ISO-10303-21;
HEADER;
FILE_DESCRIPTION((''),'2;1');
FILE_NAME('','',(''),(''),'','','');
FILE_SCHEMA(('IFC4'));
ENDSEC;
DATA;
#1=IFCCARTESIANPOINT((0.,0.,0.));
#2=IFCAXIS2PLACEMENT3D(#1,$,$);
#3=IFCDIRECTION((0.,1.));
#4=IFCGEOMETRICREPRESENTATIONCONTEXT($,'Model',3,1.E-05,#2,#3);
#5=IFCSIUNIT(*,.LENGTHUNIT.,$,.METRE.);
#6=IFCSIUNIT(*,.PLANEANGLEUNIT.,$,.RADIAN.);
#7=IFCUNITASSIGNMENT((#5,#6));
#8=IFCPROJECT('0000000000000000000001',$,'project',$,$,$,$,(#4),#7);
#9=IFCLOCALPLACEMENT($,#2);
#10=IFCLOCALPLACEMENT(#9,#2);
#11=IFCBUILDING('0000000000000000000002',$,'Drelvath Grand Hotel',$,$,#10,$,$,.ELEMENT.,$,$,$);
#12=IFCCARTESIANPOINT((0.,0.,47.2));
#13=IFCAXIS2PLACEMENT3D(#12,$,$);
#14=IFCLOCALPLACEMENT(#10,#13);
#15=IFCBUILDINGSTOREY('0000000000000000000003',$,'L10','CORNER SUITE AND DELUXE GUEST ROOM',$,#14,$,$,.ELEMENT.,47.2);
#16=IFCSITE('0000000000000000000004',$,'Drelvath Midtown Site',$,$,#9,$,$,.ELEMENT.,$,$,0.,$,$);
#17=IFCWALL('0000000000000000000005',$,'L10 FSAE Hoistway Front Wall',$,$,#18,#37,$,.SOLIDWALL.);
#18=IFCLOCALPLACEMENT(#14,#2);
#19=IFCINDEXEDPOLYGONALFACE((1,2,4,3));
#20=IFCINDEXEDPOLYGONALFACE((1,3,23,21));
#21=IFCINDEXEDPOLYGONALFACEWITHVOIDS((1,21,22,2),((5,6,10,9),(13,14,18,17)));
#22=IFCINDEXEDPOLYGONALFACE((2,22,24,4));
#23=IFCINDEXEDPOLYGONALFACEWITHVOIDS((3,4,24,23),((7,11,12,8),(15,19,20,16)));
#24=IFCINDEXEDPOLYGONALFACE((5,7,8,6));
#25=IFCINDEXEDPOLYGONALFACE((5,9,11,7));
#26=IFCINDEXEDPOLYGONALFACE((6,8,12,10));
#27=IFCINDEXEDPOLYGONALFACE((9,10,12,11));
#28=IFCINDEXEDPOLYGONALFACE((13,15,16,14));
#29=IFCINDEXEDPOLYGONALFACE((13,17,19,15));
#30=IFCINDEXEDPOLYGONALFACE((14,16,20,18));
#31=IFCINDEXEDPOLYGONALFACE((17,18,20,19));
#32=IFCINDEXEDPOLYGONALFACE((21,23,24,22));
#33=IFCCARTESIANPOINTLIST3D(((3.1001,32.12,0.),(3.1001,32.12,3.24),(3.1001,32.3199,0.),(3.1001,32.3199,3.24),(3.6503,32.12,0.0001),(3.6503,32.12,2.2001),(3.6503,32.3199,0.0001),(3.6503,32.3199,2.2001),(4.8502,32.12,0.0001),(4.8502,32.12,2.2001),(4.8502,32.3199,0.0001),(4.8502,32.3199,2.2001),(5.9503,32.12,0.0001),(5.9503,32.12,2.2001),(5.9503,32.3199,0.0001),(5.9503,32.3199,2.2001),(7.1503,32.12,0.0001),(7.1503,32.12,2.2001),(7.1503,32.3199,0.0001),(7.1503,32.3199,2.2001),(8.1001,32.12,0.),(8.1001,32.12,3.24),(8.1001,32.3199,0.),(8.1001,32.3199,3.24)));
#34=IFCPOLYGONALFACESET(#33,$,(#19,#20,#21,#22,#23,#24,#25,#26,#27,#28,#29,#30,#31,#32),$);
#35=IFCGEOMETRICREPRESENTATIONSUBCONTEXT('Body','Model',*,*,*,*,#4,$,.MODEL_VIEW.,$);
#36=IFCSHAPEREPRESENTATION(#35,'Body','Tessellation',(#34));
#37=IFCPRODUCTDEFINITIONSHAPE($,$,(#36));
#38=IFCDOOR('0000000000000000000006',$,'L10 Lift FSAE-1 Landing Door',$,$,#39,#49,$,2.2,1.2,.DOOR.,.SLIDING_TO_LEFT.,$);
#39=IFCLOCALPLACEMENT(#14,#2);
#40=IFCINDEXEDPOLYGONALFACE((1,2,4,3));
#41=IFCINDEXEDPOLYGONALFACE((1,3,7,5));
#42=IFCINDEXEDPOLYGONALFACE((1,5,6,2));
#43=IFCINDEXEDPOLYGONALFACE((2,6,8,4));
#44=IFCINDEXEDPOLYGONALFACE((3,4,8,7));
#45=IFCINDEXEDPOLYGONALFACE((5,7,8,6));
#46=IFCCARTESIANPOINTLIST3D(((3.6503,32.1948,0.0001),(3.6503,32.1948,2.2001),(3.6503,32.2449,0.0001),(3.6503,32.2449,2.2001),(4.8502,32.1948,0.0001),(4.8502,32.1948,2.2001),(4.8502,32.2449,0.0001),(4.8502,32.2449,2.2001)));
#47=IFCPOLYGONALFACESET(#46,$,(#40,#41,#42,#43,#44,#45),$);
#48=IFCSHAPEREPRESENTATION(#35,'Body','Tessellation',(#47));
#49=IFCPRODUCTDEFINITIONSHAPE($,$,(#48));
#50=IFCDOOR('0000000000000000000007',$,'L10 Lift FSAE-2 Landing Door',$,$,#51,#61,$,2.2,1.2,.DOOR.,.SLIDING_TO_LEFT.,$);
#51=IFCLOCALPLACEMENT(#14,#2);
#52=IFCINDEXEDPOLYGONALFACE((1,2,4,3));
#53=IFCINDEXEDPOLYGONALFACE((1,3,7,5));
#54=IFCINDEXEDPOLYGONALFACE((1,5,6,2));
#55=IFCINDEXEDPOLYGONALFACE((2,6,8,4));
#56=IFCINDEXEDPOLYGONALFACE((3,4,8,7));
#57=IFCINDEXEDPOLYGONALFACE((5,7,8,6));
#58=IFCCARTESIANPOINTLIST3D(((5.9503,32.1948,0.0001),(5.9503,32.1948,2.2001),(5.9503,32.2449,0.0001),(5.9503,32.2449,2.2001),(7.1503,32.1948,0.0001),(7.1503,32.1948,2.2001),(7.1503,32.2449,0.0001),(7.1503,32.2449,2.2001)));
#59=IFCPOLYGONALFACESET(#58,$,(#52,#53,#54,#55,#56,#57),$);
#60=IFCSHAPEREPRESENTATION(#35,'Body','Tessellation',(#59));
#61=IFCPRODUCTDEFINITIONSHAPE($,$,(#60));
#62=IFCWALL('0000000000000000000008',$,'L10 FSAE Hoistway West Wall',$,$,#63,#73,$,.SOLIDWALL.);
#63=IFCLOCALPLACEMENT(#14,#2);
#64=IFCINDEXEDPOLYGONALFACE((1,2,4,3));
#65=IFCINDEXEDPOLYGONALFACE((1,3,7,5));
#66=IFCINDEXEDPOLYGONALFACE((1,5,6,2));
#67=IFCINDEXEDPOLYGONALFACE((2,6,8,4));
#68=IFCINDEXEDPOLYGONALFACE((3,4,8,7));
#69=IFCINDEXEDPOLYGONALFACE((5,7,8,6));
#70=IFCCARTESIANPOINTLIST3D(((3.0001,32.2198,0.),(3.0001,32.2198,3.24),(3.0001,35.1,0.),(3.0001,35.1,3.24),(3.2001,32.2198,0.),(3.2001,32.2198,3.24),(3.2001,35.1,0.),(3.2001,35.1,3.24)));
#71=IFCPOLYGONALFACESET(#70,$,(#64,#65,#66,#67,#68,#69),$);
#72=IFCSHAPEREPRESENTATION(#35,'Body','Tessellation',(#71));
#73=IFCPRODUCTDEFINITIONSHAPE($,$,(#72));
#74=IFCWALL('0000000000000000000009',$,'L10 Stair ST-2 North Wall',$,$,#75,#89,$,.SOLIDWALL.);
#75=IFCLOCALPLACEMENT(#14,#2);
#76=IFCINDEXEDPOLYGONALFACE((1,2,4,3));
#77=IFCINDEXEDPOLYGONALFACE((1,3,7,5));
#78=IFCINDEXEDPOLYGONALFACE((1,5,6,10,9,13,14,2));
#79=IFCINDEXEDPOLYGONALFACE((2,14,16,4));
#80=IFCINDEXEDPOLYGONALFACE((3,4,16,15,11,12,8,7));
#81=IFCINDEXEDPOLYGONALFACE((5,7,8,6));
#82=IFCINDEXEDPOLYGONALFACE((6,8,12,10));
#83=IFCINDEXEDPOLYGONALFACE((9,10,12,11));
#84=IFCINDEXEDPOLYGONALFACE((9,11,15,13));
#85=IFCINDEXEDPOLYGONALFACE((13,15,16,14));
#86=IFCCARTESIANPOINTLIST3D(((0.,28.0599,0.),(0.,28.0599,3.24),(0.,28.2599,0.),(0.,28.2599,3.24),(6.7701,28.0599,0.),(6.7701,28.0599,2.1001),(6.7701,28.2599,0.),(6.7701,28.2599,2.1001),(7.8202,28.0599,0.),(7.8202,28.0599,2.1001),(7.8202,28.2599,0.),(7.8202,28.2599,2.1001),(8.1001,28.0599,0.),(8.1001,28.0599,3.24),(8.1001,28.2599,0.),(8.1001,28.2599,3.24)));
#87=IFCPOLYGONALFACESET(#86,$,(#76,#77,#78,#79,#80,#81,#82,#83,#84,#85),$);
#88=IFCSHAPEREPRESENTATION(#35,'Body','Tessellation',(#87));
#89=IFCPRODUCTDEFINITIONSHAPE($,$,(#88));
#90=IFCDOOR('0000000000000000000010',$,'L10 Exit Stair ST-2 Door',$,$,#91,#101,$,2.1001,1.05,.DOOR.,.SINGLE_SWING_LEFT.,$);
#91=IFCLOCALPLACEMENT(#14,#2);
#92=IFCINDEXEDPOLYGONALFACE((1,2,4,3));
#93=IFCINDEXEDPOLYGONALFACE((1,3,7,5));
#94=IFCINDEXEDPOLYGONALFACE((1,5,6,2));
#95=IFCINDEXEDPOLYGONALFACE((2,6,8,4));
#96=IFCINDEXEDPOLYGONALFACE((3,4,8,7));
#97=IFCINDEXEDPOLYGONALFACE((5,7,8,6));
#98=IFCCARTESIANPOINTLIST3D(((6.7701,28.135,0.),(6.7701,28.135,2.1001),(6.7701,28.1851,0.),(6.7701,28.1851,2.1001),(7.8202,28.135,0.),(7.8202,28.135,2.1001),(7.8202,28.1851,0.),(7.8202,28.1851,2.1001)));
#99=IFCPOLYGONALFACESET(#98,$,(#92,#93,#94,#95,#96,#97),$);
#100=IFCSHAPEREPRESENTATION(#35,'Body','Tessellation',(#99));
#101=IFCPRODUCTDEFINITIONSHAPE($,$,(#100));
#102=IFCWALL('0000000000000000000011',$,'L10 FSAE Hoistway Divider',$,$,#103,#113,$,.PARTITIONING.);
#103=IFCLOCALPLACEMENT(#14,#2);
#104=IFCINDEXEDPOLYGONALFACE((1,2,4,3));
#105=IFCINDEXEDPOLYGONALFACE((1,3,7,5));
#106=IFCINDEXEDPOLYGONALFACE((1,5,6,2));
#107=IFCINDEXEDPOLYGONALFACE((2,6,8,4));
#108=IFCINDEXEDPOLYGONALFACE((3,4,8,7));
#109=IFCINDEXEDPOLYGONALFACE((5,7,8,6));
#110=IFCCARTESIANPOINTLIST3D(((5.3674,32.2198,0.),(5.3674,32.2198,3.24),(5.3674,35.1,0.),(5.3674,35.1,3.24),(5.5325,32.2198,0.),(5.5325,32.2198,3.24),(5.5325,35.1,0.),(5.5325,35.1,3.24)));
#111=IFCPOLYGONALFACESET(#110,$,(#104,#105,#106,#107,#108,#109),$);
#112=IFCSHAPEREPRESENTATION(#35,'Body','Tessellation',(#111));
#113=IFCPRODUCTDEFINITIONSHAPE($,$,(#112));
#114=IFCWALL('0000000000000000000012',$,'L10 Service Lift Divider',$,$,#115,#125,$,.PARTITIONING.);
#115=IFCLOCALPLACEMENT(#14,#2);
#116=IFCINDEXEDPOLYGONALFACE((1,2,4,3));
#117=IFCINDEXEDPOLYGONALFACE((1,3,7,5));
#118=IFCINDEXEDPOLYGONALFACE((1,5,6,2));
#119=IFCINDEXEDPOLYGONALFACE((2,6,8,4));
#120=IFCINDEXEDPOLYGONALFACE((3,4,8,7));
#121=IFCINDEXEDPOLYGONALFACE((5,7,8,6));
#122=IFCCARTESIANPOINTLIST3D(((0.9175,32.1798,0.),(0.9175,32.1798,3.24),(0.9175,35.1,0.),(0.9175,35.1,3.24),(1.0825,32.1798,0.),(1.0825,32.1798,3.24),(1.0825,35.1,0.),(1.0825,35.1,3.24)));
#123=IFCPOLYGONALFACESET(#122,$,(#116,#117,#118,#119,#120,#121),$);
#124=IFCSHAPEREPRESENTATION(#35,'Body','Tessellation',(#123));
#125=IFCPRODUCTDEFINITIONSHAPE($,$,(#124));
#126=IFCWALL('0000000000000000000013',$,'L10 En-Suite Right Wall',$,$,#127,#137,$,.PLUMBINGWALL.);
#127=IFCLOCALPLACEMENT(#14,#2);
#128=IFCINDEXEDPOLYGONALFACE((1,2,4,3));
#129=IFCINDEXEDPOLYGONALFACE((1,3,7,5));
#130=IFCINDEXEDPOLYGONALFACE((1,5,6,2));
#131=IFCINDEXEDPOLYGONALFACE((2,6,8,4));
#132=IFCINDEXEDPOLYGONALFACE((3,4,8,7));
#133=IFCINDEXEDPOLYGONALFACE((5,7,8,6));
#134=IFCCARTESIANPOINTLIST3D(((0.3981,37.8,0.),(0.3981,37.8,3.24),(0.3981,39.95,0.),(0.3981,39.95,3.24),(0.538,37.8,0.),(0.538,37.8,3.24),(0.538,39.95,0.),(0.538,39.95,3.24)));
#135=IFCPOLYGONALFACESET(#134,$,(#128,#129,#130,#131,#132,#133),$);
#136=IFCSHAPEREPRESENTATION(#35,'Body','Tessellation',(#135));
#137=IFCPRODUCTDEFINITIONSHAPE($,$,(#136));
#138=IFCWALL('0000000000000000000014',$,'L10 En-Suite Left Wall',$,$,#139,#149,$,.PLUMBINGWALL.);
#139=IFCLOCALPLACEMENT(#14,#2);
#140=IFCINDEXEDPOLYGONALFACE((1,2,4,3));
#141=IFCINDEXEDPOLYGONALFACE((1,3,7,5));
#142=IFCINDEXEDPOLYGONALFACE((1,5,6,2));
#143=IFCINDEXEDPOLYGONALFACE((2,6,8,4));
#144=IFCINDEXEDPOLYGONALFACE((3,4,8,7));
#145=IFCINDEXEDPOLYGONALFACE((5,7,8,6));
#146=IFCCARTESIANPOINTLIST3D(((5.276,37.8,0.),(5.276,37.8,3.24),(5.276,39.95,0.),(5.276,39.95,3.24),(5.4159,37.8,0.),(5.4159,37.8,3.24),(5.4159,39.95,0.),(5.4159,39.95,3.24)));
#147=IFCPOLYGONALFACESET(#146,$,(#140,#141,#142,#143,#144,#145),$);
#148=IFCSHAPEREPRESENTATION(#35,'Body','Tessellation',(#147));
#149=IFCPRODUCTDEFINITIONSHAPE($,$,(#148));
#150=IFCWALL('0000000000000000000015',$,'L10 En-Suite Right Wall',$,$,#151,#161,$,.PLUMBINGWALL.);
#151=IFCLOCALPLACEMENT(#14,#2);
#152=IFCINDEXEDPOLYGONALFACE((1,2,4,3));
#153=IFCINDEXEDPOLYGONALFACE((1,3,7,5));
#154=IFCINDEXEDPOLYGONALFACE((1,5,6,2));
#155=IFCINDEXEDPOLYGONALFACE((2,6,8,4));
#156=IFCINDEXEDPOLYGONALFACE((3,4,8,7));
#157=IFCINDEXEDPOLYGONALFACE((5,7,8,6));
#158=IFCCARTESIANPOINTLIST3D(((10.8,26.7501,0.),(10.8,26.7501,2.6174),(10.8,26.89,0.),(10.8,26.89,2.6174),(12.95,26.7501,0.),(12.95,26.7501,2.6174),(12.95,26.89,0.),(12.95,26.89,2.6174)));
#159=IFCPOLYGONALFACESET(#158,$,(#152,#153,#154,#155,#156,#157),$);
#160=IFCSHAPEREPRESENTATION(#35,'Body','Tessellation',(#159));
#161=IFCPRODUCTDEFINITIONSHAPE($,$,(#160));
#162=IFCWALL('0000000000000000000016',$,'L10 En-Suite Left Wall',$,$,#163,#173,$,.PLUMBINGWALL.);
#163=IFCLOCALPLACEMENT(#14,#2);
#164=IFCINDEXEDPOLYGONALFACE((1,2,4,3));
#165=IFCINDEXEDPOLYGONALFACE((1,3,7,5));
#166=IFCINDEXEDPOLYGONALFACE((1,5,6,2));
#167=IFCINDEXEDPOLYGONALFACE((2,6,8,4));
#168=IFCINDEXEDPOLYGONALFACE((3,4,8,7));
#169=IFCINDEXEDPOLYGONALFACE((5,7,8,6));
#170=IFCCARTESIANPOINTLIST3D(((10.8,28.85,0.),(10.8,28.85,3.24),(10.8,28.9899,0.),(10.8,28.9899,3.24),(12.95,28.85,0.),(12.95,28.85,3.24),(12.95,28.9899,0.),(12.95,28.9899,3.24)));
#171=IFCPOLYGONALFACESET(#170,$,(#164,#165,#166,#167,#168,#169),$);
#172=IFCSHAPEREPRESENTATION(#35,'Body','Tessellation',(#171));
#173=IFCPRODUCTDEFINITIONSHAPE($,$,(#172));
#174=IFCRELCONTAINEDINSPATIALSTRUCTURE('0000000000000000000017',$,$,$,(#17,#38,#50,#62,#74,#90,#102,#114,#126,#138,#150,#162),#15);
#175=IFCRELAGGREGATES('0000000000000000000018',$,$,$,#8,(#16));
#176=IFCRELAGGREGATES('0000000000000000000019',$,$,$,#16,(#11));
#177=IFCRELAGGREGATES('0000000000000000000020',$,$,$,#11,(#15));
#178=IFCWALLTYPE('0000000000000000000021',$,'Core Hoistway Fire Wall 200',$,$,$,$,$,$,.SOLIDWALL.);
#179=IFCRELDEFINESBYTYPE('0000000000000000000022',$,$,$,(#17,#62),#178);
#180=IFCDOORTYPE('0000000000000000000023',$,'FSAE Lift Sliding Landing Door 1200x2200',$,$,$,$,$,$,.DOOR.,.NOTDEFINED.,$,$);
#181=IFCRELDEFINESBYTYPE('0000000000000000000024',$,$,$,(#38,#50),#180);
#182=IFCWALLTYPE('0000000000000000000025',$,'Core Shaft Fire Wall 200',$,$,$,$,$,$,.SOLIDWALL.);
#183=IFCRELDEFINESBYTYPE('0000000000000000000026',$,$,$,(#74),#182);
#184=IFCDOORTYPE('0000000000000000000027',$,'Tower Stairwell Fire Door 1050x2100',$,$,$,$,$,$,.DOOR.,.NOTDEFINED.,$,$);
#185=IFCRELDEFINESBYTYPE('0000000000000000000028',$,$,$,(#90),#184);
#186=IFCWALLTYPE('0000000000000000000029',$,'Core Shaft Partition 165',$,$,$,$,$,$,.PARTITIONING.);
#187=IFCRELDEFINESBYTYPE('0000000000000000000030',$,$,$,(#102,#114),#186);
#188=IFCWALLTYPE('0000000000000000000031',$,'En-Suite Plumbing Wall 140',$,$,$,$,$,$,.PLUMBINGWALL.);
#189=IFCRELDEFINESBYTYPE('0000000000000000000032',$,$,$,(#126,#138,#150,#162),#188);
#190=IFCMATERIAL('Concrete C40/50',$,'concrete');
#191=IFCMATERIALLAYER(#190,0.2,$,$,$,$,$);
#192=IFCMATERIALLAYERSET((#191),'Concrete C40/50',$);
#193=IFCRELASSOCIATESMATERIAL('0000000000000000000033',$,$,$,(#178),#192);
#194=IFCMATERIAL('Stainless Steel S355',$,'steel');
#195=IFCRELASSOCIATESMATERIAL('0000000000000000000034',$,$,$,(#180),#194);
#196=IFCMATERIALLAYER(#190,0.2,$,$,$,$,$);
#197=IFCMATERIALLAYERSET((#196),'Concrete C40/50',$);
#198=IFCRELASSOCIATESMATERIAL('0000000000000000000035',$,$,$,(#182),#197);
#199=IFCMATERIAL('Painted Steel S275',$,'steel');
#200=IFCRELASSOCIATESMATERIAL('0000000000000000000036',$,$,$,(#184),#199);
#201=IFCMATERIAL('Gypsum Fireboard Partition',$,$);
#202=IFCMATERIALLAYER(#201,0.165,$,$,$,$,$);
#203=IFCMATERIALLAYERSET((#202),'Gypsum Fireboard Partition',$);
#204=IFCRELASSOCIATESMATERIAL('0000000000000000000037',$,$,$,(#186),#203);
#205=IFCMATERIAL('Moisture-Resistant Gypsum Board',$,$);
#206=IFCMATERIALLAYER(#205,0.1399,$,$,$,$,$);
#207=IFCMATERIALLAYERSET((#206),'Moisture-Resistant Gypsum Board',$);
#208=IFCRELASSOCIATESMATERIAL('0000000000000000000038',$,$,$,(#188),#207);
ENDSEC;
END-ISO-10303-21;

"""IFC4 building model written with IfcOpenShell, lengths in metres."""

from ifc_helpers import new_model, si_unit, direction, frame, frame_2d, origin, place, context, subcontext, project, spatial, rectangle, extrude, material, layer, layer_set, type_object, element, fill, save


model = new_model("IFC4")

# Units and contexts
model_context = context("Model", 3, precision=1e-05, world=origin(), true_north=direction((0.0, 1.0)))
body_context = subcontext(model_context, "Body", "Model", "MODEL_VIEW")
ifc_project = project(units=[si_unit("LENGTHUNIT", "METRE"), si_unit("PLANEANGLEUNIT", "RADIAN")], contexts=[model_context])

# Site, building, storey
site_placement = place(None, origin())
site = spatial("IfcSite", under=ifc_project, at=site_placement, Name="Drelvath Midtown Site", CompositionType="ELEMENT", RefElevation=0.0)
building_placement = place(site_placement, origin())
building = spatial("IfcBuilding", under=site, at=building_placement, Name="Drelvath Grand Hotel", CompositionType="ELEMENT")
storey_placement = place(building_placement, frame((0.0, 0.0, 47.2)))
storey = spatial("IfcBuildingStorey", under=building, at=storey_placement, Name="L10", Description="CORNER SUITE AND DELUXE GUEST ROOM", CompositionType="ELEMENT", Elevation=47.2)

# Wall, openings, doors
ifc_material_1 = material(Name="Concrete C40/50", Category="concrete")
ifc_layer_1 = layer(ifc_material_1, 0.2)
ifc_layer_set_1 = layer_set([ifc_layer_1], Name="Concrete C40/50")
wall_type_1 = type_object("IfcWallType", Name="Core Hoistway Fire Wall 200", PredefinedType="SOLIDWALL", material=ifc_layer_set_1)
wall_1_placement = place(storey_placement, frame((3.1001, 32.22, 0.0), z_axis=(0.0, 0.0, 1.0), x_axis=(1.0, 0.0, 0.0)))
wall_1 = element("IfcWall", 1, at=wall_1_placement, inside=storey, type_object=wall_type_1, Name="L10 FSAE Hoistway Front Wall", PredefinedType="SOLIDWALL", context=body_context, shape_type="SweptSolid", body=[
    extrude(rectangle(XDim=5.0, YDim=0.2, at=frame_2d((2.5, 0.0))), origin(), (0.0, 0.0, 1.0), 3.24),
])
opening_1_placement = place(wall_1_placement, frame((0.55, 0.0, 0.0)))
opening_1 = element("IfcOpeningElement", 2, at=opening_1_placement, cuts=wall_1, PredefinedType="OPENING", context=body_context, shape_type="SweptSolid", body=[
    extrude(rectangle(XDim=1.2, YDim=2.2, at=frame_2d((0.6001, 1.1001))), frame((0.0, 0.1099, 0.0), z_axis=(0.0, -1.0, 0.0), x_axis=(1.0, 0.0, 0.0)), (0.0, 0.0, 1.0), 0.22),
])
opening_2_placement = place(wall_1_placement, frame((2.8501, 0.0, 0.0)))
opening_2 = element("IfcOpeningElement", 3, at=opening_2_placement, cuts=wall_1, PredefinedType="OPENING", context=body_context, shape_type="SweptSolid", body=[
    extrude(rectangle(XDim=1.2, YDim=2.2, at=frame_2d((0.6001, 1.1001))), frame((0.0, 0.1099, 0.0), z_axis=(0.0, -1.0, 0.0), x_axis=(1.0, 0.0, 0.0)), (0.0, 0.0, 1.0), 0.22),
])
ifc_material_2 = material(Name="Stainless Steel S355", Category="steel")
door_type_1 = type_object("IfcDoorType", Name="FSAE Lift Sliding Landing Door 1200x2200", OperationType="NOTDEFINED", PredefinedType="DOOR", material=ifc_material_2)
door_1_placement = place(opening_1_placement, origin())
door_1 = element("IfcDoor", 4, at=door_1_placement, inside=storey, type_object=door_type_1, Name="L10 Lift FSAE-1 Landing Door", OperationType="SLIDING_TO_LEFT", OverallHeight=2.2, OverallWidth=1.2, PredefinedType="DOOR", context=body_context, shape_type="SweptSolid", body=[
    extrude(rectangle(XDim=1.2, YDim=2.2, at=frame_2d((0.6001, 1.1001))), frame((0.0, 0.0249, 0.0), z_axis=(0.0, -1.0, 0.0), x_axis=(1.0, 0.0, 0.0)), (0.0, 0.0, 1.0), 0.05),
])
fill(opening_1, door_1)
door_2_placement = place(opening_2_placement, origin())
door_2 = element("IfcDoor", 5, at=door_2_placement, inside=storey, type_object=door_type_1, Name="L10 Lift FSAE-2 Landing Door", OperationType="SLIDING_TO_LEFT", OverallHeight=2.2, OverallWidth=1.2, PredefinedType="DOOR", context=body_context, shape_type="SweptSolid", body=[
    extrude(rectangle(XDim=1.2, YDim=2.2, at=frame_2d((0.6001, 1.1001))), frame((0.0, 0.0249, 0.0), z_axis=(0.0, -1.0, 0.0), x_axis=(1.0, 0.0, 0.0)), (0.0, 0.0, 1.0), 0.05),
])
fill(opening_2, door_2)

# Wall
wall_2_placement = place(storey_placement, frame((3.1001, 32.22, 0.0), z_axis=(0.0, 0.0, 1.0), x_axis=(0.0, 1.0, 0.0)))
element("IfcWall", 6, at=wall_2_placement, inside=storey, type_object=wall_type_1, Name="L10 FSAE Hoistway West Wall", PredefinedType="SOLIDWALL", context=body_context, shape_type="SweptSolid", body=[
    extrude(rectangle(XDim=2.8801, YDim=0.2, at=frame_2d((1.4399, 0.0))), origin(), (0.0, 0.0, 1.0), 3.24),
])

# Wall, opening, door
ifc_layer_2 = layer(ifc_material_1, 0.2)
ifc_layer_set_2 = layer_set([ifc_layer_2], Name="Concrete C40/50")
wall_type_2 = type_object("IfcWallType", Name="Core Shaft Fire Wall 200", PredefinedType="SOLIDWALL", material=ifc_layer_set_2)
wall_3_placement = place(storey_placement, frame((8.1001, 28.1599, 0.0), z_axis=(0.0, 0.0, 1.0), x_axis=(-1.0, 0.0, 0.0)))
wall_3 = element("IfcWall", 7, at=wall_3_placement, inside=storey, type_object=wall_type_2, Name="L10 Stair ST-2 North Wall", PredefinedType="SOLIDWALL", context=body_context, shape_type="SweptSolid", body=[
    extrude(rectangle(XDim=8.1001, YDim=0.2, at=frame_2d((4.05, 0.0))), origin(), (0.0, 0.0, 1.0), 3.24),
])
opening_3_placement = place(wall_3_placement, frame((0.28, 0.0, 0.0)))
opening_3 = element("IfcOpeningElement", 8, at=opening_3_placement, cuts=wall_3, PredefinedType="OPENING", context=body_context, shape_type="SweptSolid", body=[
    extrude(rectangle(XDim=1.05, YDim=2.1001, at=frame_2d((0.5249, 1.05))), frame((0.0, 0.1099, 0.0), z_axis=(0.0, -1.0, 0.0), x_axis=(1.0, 0.0, 0.0)), (0.0, 0.0, 1.0), 0.22),
])
ifc_material_3 = material(Name="Painted Steel S275", Category="steel")
door_type_2 = type_object("IfcDoorType", Name="Tower Stairwell Fire Door 1050x2100", OperationType="NOTDEFINED", PredefinedType="DOOR", material=ifc_material_3)
door_3_placement = place(opening_3_placement, origin())
door_3 = element("IfcDoor", 9, at=door_3_placement, inside=storey, type_object=door_type_2, Name="L10 Exit Stair ST-2 Door", OperationType="SINGLE_SWING_LEFT", OverallHeight=2.1001, OverallWidth=1.05, PredefinedType="DOOR", context=body_context, shape_type="SweptSolid", body=[
    extrude(rectangle(XDim=1.05, YDim=2.1001, at=frame_2d((0.5249, 1.05))), frame((0.0, 0.0249, 0.0), z_axis=(0.0, -1.0, 0.0), x_axis=(1.0, 0.0, 0.0)), (0.0, 0.0, 1.0), 0.05),
])
fill(opening_3, door_3)

# Walls
ifc_material_4 = material(Name="Gypsum Fireboard Partition")
ifc_layer_3 = layer(ifc_material_4, 0.165)
ifc_layer_set_3 = layer_set([ifc_layer_3], Name="Gypsum Fireboard Partition")
wall_type_3 = type_object("IfcWallType", Name="Core Shaft Partition 165", PredefinedType="PARTITIONING", material=ifc_layer_set_3)
wall_4_placement = place(storey_placement, frame((5.45, 32.22, 0.0), z_axis=(0.0, 0.0, 1.0), x_axis=(0.0, 1.0, 0.0)))
element("IfcWall", 10, at=wall_4_placement, inside=storey, type_object=wall_type_3, Name="L10 FSAE Hoistway Divider", PredefinedType="PARTITIONING", context=body_context, shape_type="SweptSolid", body=[
    extrude(rectangle(XDim=2.8801, YDim=0.165, at=frame_2d((1.4399, 0.0))), origin(), (0.0, 0.0, 1.0), 3.24),
])
wall_5_placement = place(storey_placement, frame((1.0, 32.1799, 0.0), z_axis=(0.0, 0.0, 1.0), x_axis=(0.0, 1.0, 0.0)))
element("IfcWall", 11, at=wall_5_placement, inside=storey, type_object=wall_type_3, Name="L10 Service Lift Divider", PredefinedType="PARTITIONING", context=body_context, shape_type="SweptSolid", body=[
    extrude(rectangle(XDim=2.9202, YDim=0.165, at=frame_2d((1.46, 0.0))), origin(), (0.0, 0.0, 1.0), 3.24),
])
ifc_material_5 = material(Name="Moisture-Resistant Gypsum Board")
ifc_layer_4 = layer(ifc_material_5, 0.1399)
ifc_layer_set_4 = layer_set([ifc_layer_4], Name="Moisture-Resistant Gypsum Board")
wall_type_4 = type_object("IfcWallType", Name="En-Suite Plumbing Wall 140", PredefinedType="PLUMBINGWALL", material=ifc_layer_set_4)
for number, where, z_axis, x_axis, name in (
    (12, (0.468, 37.8, 0.0), (0.0, 0.0, 1.0), (0.0, 1.0, 0.0), "L10 En-Suite Right Wall"),
    (13, (5.3459, 37.8, 0.0), (0.0, 0.0, 1.0), (0.0, 1.0, 0.0), "L10 En-Suite Left Wall"),
):
    element("IfcWall", number, at=place(storey_placement, frame(where, z_axis=z_axis, x_axis=x_axis)), inside=storey, type_object=wall_type_4, Name=name, PredefinedType="PLUMBINGWALL", context=body_context, shape_type="SweptSolid", body=[
        extrude(rectangle(XDim=2.1499, YDim=0.1399, at=frame_2d((1.075, 0.0))), origin(), (0.0, 0.0, 1.0), 3.24),
    ])
wall_6_placement = place(storey_placement, frame((10.8, 26.8201, 0.0), z_axis=(0.0, 0.0, 1.0), x_axis=(1.0, 0.0, 0.0)))
element("IfcWall", 14, at=wall_6_placement, inside=storey, type_object=wall_type_4, Name="L10 En-Suite Right Wall", PredefinedType="PLUMBINGWALL", context=body_context, shape_type="SweptSolid", body=[
    extrude(rectangle(XDim=2.1499, YDim=0.1399, at=frame_2d((1.075, 0.0))), origin(), (0.0, 0.0, 1.0), 2.6174),
])
for number, where, z_axis, x_axis, name in (
    (15, (10.8, 28.9199, 0.0), (0.0, 0.0, 1.0), (1.0, 0.0, 0.0), "L10 En-Suite Left Wall"),
):
    element("IfcWall", number, at=place(storey_placement, frame(where, z_axis=z_axis, x_axis=x_axis)), inside=storey, type_object=wall_type_4, Name=name, PredefinedType="PLUMBINGWALL", context=body_context, shape_type="SweptSolid", body=[
        extrude(rectangle(XDim=2.1499, YDim=0.1399, at=frame_2d((1.075, 0.0))), origin(), (0.0, 0.0, 1.0), 3.24),
    ])

save(model, "model.ifc")
